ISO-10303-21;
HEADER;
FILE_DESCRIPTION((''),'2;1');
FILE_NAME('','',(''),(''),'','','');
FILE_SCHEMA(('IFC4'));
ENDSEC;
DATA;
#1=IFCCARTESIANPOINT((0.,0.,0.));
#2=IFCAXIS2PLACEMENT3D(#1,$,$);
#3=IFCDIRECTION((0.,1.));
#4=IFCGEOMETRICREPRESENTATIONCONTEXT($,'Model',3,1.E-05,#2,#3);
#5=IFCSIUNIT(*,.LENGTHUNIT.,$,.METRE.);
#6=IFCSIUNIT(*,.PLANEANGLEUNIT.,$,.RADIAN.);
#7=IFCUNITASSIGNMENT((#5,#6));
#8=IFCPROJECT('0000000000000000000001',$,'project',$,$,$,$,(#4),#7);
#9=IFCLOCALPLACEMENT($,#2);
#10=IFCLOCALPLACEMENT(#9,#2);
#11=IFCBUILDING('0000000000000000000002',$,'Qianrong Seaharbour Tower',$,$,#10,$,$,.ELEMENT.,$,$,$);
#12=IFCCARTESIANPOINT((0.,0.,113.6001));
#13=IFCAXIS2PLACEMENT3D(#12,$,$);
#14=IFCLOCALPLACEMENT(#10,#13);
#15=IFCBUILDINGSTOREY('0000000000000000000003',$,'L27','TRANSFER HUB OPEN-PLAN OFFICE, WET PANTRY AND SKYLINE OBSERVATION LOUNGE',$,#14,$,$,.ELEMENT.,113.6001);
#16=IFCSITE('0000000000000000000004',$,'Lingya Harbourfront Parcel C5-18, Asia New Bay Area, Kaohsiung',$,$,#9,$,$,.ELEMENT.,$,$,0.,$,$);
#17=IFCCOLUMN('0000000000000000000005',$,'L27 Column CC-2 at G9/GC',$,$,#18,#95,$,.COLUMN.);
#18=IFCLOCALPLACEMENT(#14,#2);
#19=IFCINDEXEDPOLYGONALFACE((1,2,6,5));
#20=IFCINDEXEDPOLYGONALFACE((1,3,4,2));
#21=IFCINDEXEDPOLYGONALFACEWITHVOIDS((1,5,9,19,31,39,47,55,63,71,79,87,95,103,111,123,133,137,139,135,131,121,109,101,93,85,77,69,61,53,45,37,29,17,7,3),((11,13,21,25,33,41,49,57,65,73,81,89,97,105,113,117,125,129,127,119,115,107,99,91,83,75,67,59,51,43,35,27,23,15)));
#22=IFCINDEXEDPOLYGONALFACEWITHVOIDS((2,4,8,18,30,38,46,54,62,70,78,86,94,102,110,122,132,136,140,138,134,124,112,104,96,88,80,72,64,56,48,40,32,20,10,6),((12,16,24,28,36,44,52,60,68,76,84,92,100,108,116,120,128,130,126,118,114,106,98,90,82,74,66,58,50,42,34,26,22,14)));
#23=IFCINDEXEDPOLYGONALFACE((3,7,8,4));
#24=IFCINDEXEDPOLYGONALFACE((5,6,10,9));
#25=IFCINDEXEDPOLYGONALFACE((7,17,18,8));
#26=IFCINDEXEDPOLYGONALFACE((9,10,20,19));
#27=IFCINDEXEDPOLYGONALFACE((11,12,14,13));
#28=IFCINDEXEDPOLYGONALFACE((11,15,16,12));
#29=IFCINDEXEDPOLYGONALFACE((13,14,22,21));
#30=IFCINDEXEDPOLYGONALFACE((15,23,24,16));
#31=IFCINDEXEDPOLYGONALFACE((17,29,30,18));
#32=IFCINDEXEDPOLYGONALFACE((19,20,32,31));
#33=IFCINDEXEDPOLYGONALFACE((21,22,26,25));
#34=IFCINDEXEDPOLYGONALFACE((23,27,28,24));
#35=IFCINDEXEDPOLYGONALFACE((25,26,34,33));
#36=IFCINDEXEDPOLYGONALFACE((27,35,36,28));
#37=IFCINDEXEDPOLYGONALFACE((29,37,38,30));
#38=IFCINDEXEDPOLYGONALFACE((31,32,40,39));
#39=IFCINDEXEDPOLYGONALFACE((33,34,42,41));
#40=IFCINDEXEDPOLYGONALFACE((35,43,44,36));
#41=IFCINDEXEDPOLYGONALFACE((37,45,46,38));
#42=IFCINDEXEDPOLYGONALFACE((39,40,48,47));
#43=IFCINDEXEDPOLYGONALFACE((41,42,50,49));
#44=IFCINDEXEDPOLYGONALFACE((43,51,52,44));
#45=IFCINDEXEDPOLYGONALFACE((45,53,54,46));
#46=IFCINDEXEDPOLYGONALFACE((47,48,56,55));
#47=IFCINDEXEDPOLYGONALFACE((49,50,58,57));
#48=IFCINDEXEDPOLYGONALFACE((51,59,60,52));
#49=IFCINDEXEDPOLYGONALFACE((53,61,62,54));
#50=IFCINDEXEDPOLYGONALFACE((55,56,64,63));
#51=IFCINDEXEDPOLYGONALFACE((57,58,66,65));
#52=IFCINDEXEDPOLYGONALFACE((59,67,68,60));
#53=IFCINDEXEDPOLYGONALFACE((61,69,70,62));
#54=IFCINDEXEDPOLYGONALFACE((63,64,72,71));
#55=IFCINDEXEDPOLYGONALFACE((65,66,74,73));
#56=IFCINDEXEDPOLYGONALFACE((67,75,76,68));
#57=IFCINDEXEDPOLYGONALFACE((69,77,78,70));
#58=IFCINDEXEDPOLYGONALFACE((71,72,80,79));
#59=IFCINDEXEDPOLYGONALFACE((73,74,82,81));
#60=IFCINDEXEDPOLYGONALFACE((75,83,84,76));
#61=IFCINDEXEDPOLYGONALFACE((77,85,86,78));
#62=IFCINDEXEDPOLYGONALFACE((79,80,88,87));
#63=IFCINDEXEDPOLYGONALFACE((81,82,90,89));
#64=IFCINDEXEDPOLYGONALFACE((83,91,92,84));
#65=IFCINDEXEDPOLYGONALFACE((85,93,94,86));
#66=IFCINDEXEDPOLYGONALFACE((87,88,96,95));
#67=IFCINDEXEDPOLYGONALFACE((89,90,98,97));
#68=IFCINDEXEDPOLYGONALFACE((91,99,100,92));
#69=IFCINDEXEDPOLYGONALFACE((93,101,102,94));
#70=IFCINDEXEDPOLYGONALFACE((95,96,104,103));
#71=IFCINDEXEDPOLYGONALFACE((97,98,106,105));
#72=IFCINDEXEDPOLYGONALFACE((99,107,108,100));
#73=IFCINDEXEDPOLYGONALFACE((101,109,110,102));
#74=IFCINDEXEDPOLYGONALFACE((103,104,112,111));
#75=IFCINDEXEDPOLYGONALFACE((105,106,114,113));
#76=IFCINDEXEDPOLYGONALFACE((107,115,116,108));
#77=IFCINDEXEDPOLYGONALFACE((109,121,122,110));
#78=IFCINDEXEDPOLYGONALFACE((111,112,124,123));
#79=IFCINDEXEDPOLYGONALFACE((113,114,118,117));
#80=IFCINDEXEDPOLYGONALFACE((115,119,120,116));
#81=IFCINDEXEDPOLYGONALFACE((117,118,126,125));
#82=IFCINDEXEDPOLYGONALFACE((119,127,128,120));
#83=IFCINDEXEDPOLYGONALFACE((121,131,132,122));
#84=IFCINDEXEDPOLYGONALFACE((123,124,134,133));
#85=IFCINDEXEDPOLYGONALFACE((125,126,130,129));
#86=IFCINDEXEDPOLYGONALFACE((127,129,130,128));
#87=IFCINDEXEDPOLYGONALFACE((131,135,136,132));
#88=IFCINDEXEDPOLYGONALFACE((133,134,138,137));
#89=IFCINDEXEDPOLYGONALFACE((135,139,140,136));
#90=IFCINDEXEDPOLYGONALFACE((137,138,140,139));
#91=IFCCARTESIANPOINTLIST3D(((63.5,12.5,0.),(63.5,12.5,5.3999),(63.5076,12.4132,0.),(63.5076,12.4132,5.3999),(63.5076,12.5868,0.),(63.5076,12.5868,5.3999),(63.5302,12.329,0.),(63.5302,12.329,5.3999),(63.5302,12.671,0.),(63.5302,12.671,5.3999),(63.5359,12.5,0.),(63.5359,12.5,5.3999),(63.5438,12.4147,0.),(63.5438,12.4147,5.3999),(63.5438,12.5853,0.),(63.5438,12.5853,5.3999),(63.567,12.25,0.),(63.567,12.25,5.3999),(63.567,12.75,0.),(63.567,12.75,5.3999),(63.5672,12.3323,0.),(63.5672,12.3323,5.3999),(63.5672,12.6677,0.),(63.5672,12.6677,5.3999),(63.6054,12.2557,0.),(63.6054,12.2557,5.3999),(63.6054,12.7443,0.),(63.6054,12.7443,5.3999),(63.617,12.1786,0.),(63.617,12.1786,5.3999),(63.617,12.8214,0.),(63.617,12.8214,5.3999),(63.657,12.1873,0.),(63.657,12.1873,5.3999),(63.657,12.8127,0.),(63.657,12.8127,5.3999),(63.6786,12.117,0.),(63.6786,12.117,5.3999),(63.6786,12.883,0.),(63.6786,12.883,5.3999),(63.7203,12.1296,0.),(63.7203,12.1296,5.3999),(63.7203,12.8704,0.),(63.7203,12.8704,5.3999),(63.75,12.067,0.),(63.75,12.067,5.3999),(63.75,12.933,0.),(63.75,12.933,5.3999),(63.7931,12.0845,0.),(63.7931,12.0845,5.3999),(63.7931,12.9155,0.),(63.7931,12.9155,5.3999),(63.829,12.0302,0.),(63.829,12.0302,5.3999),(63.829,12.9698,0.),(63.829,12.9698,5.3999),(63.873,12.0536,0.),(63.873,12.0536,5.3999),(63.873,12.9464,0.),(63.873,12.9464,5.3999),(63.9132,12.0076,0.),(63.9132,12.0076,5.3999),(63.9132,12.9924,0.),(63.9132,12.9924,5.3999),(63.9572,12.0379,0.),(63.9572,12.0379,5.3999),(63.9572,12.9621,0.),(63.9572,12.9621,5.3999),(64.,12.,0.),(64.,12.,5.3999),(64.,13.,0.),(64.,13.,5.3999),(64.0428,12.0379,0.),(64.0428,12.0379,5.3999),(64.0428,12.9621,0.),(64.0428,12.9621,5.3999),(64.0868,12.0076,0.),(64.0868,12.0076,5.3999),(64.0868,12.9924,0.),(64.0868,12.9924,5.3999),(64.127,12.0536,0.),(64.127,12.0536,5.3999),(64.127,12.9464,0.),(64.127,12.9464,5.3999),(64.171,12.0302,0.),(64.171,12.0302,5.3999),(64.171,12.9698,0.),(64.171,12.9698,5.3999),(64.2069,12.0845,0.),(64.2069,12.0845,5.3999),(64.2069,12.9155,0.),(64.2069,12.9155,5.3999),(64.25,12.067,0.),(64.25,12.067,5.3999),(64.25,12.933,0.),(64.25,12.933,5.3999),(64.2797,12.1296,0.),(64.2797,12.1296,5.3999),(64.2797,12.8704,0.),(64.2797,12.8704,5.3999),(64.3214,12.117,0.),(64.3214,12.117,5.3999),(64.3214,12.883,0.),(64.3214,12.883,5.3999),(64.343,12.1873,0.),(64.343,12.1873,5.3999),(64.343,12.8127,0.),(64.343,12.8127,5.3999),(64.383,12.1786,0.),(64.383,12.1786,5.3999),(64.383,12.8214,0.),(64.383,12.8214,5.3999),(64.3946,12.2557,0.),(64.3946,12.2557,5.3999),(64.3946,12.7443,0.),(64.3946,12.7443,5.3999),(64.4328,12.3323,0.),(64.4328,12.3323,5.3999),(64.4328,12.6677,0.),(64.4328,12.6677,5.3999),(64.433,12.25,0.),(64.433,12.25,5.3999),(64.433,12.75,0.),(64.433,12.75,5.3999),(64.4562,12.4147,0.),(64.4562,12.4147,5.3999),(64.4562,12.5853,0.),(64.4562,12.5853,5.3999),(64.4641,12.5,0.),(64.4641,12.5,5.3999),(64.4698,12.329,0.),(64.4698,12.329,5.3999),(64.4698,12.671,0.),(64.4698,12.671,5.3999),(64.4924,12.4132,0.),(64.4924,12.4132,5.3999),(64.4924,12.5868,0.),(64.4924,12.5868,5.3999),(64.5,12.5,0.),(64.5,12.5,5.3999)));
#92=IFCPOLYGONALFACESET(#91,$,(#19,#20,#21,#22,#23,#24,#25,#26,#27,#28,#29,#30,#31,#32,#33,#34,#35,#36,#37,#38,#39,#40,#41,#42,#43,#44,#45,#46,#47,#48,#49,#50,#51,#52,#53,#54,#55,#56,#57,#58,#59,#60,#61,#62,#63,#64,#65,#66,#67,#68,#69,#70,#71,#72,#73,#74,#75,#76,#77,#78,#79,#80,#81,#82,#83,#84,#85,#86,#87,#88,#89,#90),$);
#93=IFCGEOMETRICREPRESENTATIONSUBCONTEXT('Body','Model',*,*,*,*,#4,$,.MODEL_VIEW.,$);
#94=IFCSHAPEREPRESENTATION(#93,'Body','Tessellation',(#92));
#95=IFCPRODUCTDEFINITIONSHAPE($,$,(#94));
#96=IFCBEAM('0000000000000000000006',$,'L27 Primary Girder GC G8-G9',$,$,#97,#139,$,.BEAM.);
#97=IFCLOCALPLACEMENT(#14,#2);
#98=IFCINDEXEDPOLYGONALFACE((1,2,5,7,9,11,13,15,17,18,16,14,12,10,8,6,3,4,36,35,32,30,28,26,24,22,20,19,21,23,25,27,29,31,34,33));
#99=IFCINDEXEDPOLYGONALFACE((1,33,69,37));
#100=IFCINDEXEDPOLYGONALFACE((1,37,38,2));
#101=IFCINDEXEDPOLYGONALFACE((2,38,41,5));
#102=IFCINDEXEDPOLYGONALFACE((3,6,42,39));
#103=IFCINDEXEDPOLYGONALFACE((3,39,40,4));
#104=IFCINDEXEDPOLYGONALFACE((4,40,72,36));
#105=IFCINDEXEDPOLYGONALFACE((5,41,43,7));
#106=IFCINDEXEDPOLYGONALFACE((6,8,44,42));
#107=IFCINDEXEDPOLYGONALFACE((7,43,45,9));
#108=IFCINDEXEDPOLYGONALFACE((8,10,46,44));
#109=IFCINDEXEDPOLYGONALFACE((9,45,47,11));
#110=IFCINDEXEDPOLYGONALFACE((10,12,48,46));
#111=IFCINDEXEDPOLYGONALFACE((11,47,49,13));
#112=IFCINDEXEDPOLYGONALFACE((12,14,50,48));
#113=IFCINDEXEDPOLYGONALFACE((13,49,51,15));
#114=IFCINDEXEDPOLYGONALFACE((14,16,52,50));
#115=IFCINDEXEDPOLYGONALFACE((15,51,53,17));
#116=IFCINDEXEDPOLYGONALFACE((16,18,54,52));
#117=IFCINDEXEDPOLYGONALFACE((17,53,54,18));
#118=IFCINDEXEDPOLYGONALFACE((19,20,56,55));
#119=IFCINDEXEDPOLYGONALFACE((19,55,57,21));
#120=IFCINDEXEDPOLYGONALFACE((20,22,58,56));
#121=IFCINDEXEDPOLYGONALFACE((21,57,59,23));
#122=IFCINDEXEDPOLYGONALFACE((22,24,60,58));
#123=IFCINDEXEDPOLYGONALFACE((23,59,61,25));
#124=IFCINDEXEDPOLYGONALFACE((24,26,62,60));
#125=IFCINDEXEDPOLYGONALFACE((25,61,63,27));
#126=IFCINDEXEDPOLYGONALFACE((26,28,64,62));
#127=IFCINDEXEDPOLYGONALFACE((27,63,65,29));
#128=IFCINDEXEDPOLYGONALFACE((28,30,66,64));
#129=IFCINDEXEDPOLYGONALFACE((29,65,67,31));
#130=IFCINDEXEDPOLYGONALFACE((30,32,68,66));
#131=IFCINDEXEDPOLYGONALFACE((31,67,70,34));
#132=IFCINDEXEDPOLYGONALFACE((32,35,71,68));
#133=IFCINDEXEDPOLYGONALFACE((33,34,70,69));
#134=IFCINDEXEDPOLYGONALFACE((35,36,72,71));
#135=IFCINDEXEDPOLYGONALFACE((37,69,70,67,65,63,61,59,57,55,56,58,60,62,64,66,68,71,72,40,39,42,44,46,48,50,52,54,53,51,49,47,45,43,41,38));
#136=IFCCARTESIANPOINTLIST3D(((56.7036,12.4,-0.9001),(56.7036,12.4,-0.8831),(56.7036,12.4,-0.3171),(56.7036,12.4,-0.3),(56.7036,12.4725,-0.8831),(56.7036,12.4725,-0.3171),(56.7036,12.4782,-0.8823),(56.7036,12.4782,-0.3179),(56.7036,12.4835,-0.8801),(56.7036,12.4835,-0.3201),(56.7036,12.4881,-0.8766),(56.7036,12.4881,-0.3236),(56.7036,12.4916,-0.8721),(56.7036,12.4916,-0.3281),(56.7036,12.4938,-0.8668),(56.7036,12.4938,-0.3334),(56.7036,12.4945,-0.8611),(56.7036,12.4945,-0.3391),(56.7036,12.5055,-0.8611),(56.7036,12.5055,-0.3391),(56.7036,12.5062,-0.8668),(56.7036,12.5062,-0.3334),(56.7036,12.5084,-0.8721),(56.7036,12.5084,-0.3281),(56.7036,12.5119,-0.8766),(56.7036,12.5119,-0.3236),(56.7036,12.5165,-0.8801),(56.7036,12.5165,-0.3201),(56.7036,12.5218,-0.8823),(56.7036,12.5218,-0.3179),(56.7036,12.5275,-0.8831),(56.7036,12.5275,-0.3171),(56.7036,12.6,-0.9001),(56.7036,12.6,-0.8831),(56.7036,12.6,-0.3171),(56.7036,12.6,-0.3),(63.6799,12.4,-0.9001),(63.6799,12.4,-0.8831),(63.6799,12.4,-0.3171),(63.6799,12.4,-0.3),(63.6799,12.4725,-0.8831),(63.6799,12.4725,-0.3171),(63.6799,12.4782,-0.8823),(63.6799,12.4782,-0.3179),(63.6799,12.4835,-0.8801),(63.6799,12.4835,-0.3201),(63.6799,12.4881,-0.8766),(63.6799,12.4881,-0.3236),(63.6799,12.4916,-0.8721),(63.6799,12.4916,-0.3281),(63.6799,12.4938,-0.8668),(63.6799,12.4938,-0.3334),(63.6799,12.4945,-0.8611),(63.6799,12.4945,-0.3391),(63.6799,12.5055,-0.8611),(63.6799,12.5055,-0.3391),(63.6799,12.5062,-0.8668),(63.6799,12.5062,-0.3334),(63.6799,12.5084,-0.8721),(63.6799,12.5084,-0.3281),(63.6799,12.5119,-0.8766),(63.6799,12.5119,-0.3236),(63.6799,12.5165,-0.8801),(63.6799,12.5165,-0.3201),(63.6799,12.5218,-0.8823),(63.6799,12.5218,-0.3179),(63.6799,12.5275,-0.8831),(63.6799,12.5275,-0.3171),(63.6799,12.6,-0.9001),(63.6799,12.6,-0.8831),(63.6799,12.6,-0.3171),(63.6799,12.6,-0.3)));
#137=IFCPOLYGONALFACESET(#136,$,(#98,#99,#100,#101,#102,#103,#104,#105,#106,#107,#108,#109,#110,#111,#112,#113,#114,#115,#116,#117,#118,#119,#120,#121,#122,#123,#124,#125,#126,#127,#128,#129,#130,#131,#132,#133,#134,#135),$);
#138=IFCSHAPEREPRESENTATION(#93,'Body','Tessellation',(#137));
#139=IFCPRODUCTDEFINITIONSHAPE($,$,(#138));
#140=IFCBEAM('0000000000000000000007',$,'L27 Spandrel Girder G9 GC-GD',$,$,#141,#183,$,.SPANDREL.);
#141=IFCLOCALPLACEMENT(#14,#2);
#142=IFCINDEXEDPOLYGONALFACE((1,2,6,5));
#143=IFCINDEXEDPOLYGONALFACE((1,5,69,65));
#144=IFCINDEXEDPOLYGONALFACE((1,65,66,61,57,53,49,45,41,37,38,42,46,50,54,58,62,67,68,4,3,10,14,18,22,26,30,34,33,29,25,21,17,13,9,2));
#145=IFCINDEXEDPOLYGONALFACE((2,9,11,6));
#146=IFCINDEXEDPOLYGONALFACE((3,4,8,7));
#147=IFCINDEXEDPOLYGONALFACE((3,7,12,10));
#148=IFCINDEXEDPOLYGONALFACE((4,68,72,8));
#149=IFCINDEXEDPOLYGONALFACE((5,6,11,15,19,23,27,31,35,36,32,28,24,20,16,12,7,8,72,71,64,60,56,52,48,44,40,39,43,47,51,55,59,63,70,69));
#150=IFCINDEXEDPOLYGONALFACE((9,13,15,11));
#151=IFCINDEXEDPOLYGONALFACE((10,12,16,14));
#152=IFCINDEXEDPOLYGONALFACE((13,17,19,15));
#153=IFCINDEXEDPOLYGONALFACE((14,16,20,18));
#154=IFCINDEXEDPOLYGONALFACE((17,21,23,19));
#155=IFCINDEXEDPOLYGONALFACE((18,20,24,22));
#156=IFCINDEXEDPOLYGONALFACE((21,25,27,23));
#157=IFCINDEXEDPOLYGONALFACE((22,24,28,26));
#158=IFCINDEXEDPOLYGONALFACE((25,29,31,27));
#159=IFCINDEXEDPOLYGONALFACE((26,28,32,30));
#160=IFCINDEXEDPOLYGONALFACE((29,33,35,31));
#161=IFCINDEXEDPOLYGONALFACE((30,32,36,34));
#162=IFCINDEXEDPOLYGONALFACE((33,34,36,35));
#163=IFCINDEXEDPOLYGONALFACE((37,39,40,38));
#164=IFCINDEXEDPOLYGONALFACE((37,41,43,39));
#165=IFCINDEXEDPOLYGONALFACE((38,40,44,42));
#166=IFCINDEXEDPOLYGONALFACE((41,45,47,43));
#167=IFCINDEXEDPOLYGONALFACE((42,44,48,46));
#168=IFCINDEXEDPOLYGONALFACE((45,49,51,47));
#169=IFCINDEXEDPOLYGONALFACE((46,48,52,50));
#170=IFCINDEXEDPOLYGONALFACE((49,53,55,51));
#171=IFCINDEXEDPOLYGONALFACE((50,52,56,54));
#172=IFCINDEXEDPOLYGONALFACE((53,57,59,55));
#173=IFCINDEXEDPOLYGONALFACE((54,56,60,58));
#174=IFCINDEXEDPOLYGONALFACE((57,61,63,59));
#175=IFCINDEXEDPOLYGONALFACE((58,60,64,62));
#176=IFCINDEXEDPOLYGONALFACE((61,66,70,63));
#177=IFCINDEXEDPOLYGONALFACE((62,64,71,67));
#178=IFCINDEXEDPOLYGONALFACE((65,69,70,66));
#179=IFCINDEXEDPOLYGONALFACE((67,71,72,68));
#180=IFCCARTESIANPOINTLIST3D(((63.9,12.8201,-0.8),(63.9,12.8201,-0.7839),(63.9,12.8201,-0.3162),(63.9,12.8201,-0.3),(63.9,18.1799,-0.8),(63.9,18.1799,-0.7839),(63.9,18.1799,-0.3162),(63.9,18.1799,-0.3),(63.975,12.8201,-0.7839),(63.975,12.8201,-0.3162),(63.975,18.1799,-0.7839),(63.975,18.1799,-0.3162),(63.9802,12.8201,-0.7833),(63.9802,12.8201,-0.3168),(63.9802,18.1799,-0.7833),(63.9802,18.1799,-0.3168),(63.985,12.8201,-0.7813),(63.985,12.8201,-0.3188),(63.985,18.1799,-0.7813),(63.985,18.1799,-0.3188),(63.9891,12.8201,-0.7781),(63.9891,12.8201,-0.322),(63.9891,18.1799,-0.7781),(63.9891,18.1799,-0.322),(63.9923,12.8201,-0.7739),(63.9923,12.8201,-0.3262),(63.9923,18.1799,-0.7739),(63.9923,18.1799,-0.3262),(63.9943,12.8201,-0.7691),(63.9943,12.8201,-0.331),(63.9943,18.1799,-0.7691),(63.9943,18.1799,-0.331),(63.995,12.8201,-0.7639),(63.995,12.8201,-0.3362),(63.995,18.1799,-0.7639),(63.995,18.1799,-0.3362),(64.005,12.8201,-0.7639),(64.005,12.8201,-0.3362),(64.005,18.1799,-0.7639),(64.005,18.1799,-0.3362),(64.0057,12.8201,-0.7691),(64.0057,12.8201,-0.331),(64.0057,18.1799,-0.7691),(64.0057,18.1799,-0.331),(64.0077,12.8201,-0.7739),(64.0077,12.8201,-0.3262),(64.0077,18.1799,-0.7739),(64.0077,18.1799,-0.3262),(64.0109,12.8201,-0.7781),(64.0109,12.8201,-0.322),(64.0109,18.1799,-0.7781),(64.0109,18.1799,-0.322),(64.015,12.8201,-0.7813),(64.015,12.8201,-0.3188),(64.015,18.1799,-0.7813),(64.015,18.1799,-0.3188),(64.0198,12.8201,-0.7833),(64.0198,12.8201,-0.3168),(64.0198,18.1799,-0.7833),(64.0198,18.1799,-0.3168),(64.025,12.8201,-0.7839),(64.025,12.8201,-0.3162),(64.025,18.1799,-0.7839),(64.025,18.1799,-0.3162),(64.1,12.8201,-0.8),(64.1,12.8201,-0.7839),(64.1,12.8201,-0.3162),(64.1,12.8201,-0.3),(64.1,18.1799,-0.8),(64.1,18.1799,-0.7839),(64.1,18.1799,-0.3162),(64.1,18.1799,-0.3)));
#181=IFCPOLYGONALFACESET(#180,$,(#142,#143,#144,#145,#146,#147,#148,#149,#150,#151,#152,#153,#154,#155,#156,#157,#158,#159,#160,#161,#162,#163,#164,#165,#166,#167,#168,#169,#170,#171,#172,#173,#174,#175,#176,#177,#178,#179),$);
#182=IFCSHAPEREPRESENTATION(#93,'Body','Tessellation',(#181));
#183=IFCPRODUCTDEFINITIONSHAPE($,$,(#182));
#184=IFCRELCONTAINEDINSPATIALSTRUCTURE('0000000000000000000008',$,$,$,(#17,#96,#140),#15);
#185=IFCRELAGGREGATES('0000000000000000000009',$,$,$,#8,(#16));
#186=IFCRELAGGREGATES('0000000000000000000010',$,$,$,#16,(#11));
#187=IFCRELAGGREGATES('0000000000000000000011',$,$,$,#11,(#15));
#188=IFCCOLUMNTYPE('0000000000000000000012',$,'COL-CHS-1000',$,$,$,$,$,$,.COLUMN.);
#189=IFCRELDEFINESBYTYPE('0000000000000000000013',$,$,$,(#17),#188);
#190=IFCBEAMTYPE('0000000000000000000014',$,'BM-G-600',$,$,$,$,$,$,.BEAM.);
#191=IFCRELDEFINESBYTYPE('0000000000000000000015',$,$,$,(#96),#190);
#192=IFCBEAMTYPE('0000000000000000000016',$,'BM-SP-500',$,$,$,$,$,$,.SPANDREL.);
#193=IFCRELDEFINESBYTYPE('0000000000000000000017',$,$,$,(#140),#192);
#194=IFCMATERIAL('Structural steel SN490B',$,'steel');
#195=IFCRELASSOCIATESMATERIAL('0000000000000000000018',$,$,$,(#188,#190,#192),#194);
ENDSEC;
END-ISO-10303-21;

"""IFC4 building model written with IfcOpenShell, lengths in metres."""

from ifc_helpers import new_model, si_unit, direction, frame, origin, origin_2d, place, context, subcontext, project, spatial, hollow_circle, i_section, extrude, material, material_profile, profile_set, type_object, element, save


model = new_model("IFC4")

# Units and contexts
model_context = context("Model", 3, precision=1e-05, world=origin(), true_north=direction((0.0, 1.0)))
body_context = subcontext(model_context, "Body", "Model", "MODEL_VIEW")
ifc_project = project(units=[si_unit("LENGTHUNIT", "METRE"), si_unit("PLANEANGLEUNIT", "RADIAN")], contexts=[model_context])

# Site, building, storey
site_placement = place(None, origin())
site = spatial("IfcSite", under=ifc_project, at=site_placement, Name="Lingya Harbourfront Parcel C5-18, Asia New Bay Area, Kaohsiung", CompositionType="ELEMENT", RefElevation=0.0)
building_placement = place(site_placement, origin())
building = spatial("IfcBuilding", under=site, at=building_placement, Name="Qianrong Seaharbour Tower", CompositionType="ELEMENT")
storey_placement = place(building_placement, frame((0.0, 0.0, 113.6001)))
storey = spatial("IfcBuildingStorey", under=building, at=storey_placement, Name="L27", Description="TRANSFER HUB OPEN-PLAN OFFICE, WET PANTRY AND SKYLINE OBSERVATION LOUNGE", CompositionType="ELEMENT", Elevation=113.6001)

# Column
ifc_material_1 = material(Name="Structural steel SN490B", Category="steel")
ifc_material_profile_1 = material_profile(ifc_material_1, hollow_circle(Radius=0.5, WallThickness=0.0359, at=origin_2d()), Name="CHS1000x36")
ifc_profile_set_1 = profile_set([ifc_material_profile_1], Name="Structural steel SN490B")
column_type = type_object("IfcColumnType", Name="COL-CHS-1000", PredefinedType="COLUMN", material=ifc_profile_set_1)
column_placement = place(storey_placement, frame((64.0, 12.5, 0.0), z_axis=(0.0, 0.0, 1.0), x_axis=(1.0, 0.0, 0.0)))
element("IfcColumn", 1, at=column_placement, inside=storey, type_object=column_type, Name="L27 Column CC-2 at G9/GC", PredefinedType="COLUMN", context=body_context, shape_type="SweptSolid", body=[
    extrude(hollow_circle(Radius=0.5, WallThickness=0.0359, at=origin_2d()), origin(), (0.0, 0.0, 1.0), 5.3999),
])

# Beams
ifc_material_profile_2 = material_profile(ifc_material_1, i_section(OverallWidth=0.2, OverallDepth=0.6001, WebThickness=0.011, FlangeThickness=0.0171, FilletRadius=0.022, at=origin_2d()), Name="H600x200x11x17")
ifc_profile_set_2 = profile_set([ifc_material_profile_2], Name="Structural steel SN490B")
beam_type_1 = type_object("IfcBeamType", Name="BM-G-600", PredefinedType="BEAM", material=ifc_profile_set_2)
beam_1_placement = place(storey_placement, frame((56.7036, 12.5, -0.6001), z_axis=(1.0, 0.0, 0.0), x_axis=(0.0, 1.0, 0.0)))
element("IfcBeam", 2, at=beam_1_placement, inside=storey, type_object=beam_type_1, Name="L27 Primary Girder GC G8-G9", PredefinedType="BEAM", context=body_context, shape_type="SweptSolid", body=[
    extrude(i_section(OverallWidth=0.2, OverallDepth=0.6001, WebThickness=0.011, FlangeThickness=0.0171, FilletRadius=0.022, at=origin_2d()), origin(), (0.0, 0.0, 1.0), 6.9763),
])
ifc_material_profile_3 = material_profile(ifc_material_1, i_section(OverallWidth=0.2, OverallDepth=0.5, WebThickness=0.01, FlangeThickness=0.0161, FilletRadius=0.02, at=origin_2d()), Name="H500x200x10x16")
ifc_profile_set_3 = profile_set([ifc_material_profile_3], Name="Structural steel SN490B")
beam_type_2 = type_object("IfcBeamType", Name="BM-SP-500", PredefinedType="SPANDREL", material=ifc_profile_set_3)
beam_2_placement = place(storey_placement, frame((64.0, 12.8201, -0.55), z_axis=(0.0, 1.0, 0.0), x_axis=(-1.0, 0.0, 0.0)))
element("IfcBeam", 3, at=beam_2_placement, inside=storey, type_object=beam_type_2, Name="L27 Spandrel Girder G9 GC-GD", PredefinedType="SPANDREL", context=body_context, shape_type="SweptSolid", body=[
    extrude(i_section(OverallWidth=0.2, OverallDepth=0.5, WebThickness=0.01, FlangeThickness=0.0161, FilletRadius=0.02, at=origin_2d()), origin(), (0.0, 0.0, 1.0), 5.3599),
])

save(model, "model.ifc")
